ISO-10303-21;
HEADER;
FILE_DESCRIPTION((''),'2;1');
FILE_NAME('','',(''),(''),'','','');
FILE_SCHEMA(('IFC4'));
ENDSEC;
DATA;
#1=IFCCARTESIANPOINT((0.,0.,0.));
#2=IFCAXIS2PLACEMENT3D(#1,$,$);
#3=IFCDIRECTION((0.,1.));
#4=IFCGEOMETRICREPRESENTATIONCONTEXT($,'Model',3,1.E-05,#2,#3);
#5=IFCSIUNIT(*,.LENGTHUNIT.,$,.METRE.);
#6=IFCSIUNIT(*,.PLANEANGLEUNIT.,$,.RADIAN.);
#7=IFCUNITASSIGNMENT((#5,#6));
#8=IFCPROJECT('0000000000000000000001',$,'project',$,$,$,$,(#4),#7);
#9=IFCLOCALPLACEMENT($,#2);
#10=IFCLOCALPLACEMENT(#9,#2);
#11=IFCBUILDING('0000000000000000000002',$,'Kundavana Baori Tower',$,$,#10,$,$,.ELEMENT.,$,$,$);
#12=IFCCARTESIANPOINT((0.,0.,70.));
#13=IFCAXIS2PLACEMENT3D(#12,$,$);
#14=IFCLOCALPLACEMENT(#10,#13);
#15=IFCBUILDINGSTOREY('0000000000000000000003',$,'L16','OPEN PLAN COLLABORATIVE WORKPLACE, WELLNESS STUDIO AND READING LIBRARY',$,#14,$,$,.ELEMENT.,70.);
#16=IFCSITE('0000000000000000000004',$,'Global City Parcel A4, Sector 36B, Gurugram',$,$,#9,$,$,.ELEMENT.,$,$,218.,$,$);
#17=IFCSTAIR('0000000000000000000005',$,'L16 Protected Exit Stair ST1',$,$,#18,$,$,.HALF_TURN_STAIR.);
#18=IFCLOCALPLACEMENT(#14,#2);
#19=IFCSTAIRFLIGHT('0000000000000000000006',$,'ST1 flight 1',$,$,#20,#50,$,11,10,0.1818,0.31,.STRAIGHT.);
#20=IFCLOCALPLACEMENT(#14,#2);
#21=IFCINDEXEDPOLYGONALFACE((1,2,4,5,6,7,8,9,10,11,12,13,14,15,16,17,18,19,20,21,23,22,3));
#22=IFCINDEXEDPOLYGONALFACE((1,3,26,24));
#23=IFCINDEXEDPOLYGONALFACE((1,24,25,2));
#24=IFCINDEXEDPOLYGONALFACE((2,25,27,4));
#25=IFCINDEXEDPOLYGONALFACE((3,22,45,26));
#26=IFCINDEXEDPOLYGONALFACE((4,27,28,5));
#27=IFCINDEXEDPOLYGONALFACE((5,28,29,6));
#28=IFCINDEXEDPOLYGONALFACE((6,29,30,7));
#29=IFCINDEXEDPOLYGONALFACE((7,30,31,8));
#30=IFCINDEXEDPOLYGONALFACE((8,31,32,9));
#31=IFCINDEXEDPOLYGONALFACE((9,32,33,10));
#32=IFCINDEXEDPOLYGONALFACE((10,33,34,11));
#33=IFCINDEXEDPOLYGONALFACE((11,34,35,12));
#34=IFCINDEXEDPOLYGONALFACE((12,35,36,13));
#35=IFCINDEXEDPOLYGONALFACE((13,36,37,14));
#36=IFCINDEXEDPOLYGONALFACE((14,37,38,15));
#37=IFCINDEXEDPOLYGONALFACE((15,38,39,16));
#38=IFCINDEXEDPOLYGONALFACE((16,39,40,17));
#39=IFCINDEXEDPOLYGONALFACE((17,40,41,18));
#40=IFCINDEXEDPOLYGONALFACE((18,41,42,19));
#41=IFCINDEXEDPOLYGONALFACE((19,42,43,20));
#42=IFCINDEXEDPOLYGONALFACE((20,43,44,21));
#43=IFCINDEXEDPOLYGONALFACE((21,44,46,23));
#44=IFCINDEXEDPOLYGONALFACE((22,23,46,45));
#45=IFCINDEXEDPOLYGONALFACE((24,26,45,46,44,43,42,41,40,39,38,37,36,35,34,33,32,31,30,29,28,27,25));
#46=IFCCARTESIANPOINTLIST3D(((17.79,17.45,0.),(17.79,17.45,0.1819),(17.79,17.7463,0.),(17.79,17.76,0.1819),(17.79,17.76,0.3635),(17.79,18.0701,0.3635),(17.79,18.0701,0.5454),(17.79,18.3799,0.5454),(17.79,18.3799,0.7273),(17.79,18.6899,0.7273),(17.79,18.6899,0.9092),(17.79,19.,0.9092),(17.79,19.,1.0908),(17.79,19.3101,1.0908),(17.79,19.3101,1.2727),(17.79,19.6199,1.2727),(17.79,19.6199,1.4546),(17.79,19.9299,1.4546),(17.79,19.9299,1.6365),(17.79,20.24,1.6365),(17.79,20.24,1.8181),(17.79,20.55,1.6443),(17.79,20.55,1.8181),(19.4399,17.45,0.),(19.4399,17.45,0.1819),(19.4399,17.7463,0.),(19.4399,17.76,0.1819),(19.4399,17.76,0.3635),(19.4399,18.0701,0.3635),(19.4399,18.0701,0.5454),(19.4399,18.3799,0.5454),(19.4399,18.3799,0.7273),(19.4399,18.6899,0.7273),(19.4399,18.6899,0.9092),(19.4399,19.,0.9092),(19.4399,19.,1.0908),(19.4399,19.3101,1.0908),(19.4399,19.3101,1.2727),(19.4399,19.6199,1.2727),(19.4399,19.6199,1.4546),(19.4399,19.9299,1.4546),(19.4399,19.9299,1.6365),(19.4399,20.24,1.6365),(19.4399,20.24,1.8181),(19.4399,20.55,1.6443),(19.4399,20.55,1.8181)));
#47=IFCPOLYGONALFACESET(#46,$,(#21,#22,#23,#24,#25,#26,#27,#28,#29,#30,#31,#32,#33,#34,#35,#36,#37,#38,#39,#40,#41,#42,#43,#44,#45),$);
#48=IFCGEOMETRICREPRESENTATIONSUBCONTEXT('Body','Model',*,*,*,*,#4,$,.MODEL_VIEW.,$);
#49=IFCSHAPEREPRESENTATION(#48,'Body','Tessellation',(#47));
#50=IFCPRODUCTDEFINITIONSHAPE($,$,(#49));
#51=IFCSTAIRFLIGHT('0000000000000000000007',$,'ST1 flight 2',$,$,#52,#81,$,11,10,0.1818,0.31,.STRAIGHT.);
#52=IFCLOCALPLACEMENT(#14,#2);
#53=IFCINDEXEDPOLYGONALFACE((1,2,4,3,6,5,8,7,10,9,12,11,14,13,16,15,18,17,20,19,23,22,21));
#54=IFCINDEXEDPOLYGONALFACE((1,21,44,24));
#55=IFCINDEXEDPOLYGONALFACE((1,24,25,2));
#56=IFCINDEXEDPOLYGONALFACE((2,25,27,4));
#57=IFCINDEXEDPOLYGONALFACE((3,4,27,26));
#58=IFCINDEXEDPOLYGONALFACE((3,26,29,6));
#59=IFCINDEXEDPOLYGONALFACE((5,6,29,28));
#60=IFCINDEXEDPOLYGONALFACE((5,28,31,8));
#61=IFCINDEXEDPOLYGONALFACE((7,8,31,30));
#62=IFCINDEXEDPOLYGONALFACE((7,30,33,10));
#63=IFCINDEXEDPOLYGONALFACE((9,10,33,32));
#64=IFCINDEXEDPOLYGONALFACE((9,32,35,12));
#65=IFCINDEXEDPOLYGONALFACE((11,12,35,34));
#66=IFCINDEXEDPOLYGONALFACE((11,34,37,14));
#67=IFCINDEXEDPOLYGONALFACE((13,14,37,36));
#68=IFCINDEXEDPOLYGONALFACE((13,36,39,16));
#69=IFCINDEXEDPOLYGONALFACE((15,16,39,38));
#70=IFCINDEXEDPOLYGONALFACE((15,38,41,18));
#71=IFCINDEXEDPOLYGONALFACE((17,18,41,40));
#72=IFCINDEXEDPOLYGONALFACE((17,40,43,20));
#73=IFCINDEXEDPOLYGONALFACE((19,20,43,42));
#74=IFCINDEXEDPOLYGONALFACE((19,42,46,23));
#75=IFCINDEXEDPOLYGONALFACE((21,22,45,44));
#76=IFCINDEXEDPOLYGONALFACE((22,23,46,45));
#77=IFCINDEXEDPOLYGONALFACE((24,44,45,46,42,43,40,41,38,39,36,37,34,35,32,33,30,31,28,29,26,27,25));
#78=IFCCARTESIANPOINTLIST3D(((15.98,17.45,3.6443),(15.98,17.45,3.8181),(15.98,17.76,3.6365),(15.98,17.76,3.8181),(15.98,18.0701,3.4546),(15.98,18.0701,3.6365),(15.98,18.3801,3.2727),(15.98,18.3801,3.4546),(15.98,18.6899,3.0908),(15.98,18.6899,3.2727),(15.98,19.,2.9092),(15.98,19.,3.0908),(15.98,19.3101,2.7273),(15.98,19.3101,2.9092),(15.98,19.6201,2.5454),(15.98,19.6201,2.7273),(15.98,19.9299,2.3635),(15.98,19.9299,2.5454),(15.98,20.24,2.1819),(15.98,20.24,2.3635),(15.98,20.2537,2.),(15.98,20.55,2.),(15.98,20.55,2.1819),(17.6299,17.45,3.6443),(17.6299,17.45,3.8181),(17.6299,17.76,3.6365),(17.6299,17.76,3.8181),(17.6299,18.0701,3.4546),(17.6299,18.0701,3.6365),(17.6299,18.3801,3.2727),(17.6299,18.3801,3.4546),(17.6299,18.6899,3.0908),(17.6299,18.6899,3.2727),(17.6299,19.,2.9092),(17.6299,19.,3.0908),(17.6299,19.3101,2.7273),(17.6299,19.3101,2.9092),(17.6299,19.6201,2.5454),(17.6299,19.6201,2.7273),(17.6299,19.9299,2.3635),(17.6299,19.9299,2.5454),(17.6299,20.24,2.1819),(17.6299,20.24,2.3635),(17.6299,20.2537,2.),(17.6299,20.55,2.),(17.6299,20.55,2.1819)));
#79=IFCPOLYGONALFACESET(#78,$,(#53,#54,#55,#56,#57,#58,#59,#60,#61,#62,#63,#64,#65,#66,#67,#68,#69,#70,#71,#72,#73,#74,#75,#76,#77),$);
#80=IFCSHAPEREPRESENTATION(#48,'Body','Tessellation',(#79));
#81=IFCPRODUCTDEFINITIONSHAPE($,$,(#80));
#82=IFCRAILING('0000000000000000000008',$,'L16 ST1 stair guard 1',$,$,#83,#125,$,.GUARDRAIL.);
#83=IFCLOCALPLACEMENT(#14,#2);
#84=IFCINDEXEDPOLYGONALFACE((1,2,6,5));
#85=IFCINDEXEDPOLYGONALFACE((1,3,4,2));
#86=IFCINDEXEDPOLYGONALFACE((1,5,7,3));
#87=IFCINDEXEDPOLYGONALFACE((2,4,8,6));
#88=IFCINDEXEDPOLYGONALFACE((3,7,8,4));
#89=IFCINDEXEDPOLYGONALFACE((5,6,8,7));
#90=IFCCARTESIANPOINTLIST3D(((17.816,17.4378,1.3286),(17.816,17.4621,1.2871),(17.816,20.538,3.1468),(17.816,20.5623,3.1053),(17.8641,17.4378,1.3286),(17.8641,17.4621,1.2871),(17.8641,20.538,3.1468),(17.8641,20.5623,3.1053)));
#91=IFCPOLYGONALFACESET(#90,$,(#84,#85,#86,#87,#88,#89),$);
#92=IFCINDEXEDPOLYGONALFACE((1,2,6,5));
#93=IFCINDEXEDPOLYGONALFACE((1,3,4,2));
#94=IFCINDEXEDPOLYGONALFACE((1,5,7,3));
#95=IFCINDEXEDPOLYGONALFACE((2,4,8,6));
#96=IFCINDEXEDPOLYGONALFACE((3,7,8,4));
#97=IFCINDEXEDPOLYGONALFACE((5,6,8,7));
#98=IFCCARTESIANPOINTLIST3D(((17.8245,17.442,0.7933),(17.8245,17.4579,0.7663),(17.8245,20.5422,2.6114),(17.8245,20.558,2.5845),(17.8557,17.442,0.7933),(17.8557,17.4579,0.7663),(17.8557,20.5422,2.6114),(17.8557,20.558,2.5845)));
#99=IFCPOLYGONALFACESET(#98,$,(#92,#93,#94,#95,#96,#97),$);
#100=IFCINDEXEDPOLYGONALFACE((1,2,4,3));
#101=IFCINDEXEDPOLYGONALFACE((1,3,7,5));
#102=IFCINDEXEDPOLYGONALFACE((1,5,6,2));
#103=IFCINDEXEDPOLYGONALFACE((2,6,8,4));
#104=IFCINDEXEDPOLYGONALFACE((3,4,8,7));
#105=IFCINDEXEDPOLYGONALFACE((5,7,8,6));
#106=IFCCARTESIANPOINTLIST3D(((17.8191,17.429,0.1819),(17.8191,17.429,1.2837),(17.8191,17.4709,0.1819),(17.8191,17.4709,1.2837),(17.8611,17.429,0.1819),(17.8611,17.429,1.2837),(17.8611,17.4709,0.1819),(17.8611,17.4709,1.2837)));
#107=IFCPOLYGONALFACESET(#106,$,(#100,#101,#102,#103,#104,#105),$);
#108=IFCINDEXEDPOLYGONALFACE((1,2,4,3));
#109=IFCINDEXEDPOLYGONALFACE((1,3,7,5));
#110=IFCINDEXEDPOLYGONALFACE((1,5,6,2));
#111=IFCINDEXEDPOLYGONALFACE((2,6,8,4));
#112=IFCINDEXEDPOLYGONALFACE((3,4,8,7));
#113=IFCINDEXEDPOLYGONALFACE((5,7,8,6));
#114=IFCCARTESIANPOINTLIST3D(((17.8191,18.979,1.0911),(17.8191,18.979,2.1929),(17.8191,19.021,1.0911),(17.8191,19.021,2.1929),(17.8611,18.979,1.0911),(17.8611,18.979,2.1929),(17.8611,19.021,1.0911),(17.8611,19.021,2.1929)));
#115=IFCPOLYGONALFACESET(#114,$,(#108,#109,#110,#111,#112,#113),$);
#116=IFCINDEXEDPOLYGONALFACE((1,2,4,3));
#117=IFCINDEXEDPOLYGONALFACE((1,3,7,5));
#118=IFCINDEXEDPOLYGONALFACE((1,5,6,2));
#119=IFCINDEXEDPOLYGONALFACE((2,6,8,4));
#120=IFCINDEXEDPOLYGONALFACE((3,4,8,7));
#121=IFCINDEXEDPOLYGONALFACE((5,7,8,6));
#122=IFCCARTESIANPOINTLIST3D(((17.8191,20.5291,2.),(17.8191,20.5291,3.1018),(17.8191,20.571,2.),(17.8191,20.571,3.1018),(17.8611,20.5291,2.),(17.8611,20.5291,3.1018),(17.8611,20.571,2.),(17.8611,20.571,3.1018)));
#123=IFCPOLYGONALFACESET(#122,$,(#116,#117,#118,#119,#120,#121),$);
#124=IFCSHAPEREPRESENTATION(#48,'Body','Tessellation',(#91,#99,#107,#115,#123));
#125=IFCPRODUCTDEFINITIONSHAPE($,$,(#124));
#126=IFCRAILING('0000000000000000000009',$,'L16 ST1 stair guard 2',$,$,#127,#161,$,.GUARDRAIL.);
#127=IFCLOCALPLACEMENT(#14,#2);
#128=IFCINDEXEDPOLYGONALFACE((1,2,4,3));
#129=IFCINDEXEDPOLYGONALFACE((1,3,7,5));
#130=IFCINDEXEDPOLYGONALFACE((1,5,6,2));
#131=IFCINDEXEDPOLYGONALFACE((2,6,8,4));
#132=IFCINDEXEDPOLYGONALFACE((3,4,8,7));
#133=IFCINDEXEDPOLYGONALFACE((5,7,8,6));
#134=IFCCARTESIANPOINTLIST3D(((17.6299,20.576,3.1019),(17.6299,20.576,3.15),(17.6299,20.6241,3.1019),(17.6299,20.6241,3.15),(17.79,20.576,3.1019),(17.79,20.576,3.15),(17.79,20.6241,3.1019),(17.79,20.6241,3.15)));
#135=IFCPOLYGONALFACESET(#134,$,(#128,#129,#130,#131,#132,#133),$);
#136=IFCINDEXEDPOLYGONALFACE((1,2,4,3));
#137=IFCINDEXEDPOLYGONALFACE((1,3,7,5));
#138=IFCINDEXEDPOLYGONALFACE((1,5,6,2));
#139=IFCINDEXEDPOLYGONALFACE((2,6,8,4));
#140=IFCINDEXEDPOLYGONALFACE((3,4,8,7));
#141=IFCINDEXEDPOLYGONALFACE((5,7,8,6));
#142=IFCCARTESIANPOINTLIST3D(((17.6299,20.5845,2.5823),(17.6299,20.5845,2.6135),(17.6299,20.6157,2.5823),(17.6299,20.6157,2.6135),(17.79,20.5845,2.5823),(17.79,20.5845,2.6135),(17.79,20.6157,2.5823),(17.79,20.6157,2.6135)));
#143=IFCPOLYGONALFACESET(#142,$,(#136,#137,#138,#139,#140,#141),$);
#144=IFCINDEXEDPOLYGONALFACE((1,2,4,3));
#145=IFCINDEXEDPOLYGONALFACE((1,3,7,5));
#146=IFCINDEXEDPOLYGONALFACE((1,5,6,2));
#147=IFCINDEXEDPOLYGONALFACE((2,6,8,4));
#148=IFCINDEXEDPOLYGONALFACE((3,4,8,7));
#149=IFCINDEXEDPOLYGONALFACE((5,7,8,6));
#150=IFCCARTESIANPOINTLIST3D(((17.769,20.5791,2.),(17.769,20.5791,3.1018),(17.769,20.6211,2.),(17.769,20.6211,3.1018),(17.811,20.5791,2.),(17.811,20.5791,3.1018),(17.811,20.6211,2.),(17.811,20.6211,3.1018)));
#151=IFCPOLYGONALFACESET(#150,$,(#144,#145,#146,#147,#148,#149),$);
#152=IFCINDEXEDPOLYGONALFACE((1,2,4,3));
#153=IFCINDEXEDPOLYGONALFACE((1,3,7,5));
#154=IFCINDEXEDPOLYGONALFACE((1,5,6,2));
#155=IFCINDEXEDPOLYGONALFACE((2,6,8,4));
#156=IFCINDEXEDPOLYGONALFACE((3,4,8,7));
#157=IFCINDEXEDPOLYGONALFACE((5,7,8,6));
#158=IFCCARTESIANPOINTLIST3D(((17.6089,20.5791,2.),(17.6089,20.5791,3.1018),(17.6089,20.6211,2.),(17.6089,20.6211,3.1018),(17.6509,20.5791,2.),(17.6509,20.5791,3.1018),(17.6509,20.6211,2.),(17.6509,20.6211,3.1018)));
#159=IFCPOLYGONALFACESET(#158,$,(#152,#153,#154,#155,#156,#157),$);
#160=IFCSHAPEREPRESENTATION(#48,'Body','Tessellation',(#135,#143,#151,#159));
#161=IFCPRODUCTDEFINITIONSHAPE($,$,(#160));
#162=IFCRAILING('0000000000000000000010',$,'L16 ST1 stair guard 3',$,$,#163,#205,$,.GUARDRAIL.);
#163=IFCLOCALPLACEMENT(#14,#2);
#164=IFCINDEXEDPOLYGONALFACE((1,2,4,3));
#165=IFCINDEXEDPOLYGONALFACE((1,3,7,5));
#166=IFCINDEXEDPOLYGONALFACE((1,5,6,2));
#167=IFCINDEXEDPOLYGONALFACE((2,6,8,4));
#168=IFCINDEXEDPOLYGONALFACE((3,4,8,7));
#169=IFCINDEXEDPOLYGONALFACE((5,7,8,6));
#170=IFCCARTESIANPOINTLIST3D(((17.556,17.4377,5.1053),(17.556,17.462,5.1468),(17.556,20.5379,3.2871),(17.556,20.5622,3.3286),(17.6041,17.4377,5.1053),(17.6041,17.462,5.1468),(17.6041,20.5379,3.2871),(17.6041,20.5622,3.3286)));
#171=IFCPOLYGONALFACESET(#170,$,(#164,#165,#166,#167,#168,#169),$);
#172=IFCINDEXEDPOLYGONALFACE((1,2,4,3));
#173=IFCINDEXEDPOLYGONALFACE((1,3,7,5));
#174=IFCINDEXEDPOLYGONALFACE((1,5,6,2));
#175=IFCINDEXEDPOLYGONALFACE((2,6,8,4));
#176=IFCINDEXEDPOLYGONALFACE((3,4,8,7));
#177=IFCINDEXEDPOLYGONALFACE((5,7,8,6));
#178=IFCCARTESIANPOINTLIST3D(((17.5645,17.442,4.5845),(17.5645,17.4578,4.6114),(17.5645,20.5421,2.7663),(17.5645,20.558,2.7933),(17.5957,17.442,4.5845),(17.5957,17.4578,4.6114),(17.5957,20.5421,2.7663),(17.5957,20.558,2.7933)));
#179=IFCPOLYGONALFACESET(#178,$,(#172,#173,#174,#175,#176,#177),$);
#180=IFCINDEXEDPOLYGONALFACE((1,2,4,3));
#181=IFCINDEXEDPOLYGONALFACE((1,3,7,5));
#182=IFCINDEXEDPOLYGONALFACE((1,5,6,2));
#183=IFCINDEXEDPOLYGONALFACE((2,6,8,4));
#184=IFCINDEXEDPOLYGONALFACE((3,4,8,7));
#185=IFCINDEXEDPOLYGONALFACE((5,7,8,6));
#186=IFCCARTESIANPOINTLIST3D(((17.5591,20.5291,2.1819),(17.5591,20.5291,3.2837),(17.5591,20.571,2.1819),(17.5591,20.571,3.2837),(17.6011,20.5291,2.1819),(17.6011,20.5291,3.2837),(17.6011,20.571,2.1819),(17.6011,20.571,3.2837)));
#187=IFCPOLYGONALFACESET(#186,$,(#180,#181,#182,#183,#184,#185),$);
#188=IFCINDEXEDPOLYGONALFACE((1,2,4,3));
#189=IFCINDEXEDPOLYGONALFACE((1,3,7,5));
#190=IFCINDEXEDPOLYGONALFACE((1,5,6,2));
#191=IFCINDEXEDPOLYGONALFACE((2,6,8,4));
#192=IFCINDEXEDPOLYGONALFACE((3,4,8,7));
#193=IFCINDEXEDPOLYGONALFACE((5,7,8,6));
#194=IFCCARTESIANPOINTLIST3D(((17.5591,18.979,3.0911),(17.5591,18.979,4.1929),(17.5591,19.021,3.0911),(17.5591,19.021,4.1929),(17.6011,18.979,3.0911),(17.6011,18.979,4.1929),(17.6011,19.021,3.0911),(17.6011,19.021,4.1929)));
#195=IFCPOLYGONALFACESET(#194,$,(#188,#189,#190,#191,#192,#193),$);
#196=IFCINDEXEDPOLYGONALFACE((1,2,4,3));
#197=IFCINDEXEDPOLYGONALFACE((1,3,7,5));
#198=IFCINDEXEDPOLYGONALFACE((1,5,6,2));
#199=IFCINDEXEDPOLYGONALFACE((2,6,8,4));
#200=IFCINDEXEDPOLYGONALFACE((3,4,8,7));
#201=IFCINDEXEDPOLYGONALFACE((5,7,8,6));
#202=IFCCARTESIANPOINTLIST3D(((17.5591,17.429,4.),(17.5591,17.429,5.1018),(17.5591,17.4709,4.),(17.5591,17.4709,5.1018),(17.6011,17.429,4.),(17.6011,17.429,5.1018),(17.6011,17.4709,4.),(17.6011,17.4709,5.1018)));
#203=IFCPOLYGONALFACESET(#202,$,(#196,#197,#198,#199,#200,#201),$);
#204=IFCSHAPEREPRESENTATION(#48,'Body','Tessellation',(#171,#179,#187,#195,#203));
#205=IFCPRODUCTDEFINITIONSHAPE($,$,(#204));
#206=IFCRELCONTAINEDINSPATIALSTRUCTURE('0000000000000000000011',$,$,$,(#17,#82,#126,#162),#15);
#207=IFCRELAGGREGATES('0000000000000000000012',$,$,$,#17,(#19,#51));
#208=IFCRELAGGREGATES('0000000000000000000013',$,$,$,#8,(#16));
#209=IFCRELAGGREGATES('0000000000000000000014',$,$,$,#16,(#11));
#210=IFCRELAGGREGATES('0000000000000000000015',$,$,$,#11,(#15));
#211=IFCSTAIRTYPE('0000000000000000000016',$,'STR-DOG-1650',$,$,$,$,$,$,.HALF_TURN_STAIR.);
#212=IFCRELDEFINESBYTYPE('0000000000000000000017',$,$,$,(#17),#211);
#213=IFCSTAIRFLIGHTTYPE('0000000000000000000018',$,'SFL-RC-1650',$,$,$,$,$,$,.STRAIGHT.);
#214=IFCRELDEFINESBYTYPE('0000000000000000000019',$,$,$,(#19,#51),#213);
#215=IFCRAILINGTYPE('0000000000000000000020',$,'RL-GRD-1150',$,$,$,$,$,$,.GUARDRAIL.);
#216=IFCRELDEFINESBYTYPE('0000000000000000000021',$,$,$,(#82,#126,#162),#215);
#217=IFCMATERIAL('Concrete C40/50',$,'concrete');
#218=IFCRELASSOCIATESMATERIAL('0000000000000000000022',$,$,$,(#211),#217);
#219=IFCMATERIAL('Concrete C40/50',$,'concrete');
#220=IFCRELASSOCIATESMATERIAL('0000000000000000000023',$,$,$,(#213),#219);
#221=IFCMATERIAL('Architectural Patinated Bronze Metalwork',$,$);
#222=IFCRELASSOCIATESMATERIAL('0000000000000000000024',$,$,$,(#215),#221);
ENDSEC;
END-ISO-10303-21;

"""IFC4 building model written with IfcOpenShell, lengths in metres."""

from ifc_helpers import new_model, si_unit, direction, frame, origin, origin_2d, place, context, subcontext, project, spatial, polyline, rectangle, outline, extrude, material, type_object, element, aggregate, save


model = new_model("IFC4")

# Units and contexts
model_context = context("Model", 3, precision=1e-05, world=origin(), true_north=direction((0.0, 1.0)))
body_context = subcontext(model_context, "Body", "Model", "MODEL_VIEW")
ifc_project = project(units=[si_unit("LENGTHUNIT", "METRE"), si_unit("PLANEANGLEUNIT", "RADIAN")], contexts=[model_context])

# Site, building, storey
site_placement = place(None, origin())
site = spatial("IfcSite", under=ifc_project, at=site_placement, Name="Global City Parcel A4, Sector 36B, Gurugram", CompositionType="ELEMENT", RefElevation=218.0)
building_placement = place(site_placement, origin())
building = spatial("IfcBuilding", under=site, at=building_placement, Name="Kundavana Baori Tower", CompositionType="ELEMENT")
storey_placement = place(building_placement, frame((0.0, 0.0, 70.0)))
storey = spatial("IfcBuildingStorey", under=building, at=storey_placement, Name="L16", Description="OPEN PLAN COLLABORATIVE WORKPLACE, WELLNESS STUDIO AND READING LIBRARY", CompositionType="ELEMENT", Elevation=70.0)

# Stair, stair flights
ifc_material_1 = material(Name="Concrete C40/50", Category="concrete")
stair_type = type_object("IfcStairType", Name="STR-DOG-1650", PredefinedType="HALF_TURN_STAIR", material=ifc_material_1)
stair_placement = place(storey_placement, origin())
stair = element("IfcStair", 1, at=stair_placement, inside=storey, type_object=stair_type, Name="L16 Protected Exit Stair ST1", PredefinedType="HALF_TURN_STAIR")
ifc_material_2 = material(Name="Concrete C40/50", Category="concrete")
stair_flight_type = type_object("IfcStairFlightType", Name="SFL-RC-1650", PredefinedType="STRAIGHT", material=ifc_material_2)
stair_flight_1_placement = place(storey_placement, frame((18.615, 17.45, 0.0), z_axis=(0.0, 0.0, 1.0), x_axis=(0.0, 1.0, 0.0)))
stair_flight_1 = element("IfcStairFlight", 2, at=stair_flight_1_placement, type_object=stair_flight_type, Name="ST1 flight 1", NumberOfRisers=11, NumberOfTreads=10, PredefinedType="STRAIGHT", RiserHeight=0.1818, TreadLength=0.31, context=body_context, shape_type="SweptSolid", body=[
    extrude(outline(polyline([(0.0, 0.0), (0.0, 0.1819), (0.3101, 0.1819), (0.3101, 0.3635), (0.6201, 0.3635), (0.6201, 0.5454), (0.9299, 0.5454), (0.9299, 0.7273), (1.24, 0.7273), (1.24, 0.9092), (1.55, 0.9092), (1.55, 1.0908), (1.8601, 1.0908), (1.8601, 1.2727), (2.1699, 1.2727), (2.1699, 1.4546), (2.48, 1.4546), (2.48, 1.6365), (2.79, 1.6365), (2.79, 1.8181), (3.1001, 1.8181), (3.1001, 2.0), (3.1001, 1.6443), (0.2964, 0.0), (0.0, 0.0)])), frame((0.0, 0.825, 0.0), z_axis=(0.0, -1.0, 0.0), x_axis=(1.0, 0.0, 0.0)), (0.0, 0.0, 1.0), 1.6499),
])
stair_flight_2_placement = place(storey_placement, frame((16.8049, 20.55, 2.0), z_axis=(0.0, 0.0, 1.0), x_axis=(0.0, -1.0, 0.0)))
stair_flight_2 = element("IfcStairFlight", 3, at=stair_flight_2_placement, type_object=stair_flight_type, Name="ST1 flight 2", NumberOfRisers=11, NumberOfTreads=10, PredefinedType="STRAIGHT", RiserHeight=0.1818, TreadLength=0.31, context=body_context, shape_type="SweptSolid", body=[
    extrude(outline(polyline([(0.0, 0.0), (0.0, 0.1819), (0.3101, 0.1819), (0.3101, 0.3635), (0.6201, 0.3635), (0.6201, 0.5454), (0.9299, 0.5454), (0.9299, 0.7273), (1.24, 0.7273), (1.24, 0.9092), (1.55, 0.9092), (1.55, 1.0908), (1.8601, 1.0908), (1.8601, 1.2727), (2.1699, 1.2727), (2.1699, 1.4546), (2.48, 1.4546), (2.48, 1.6365), (2.79, 1.6365), (2.79, 1.8181), (3.1001, 1.8181), (3.1001, 2.0), (3.1001, 1.6443), (0.2964, 0.0), (0.0, 0.0)])), frame((0.0, 0.825, 0.0), z_axis=(0.0, -1.0, 0.0), x_axis=(1.0, 0.0, 0.0)), (0.0, 0.0, 1.0), 1.6499),
])
aggregate(stair, [stair_flight_1, stair_flight_2])

# Railings
ifc_material_3 = material(Name="Architectural Patinated Bronze Metalwork")
railing_type_1 = type_object("IfcRailingType", Name="RL-GRD-1150", PredefinedType="GUARDRAIL", material=ifc_material_3)
railing_1_placement = place(storey_placement, frame((17.8401, 17.45, 0.1819)))
element("IfcRailing", 4, at=railing_1_placement, inside=storey, type_object=railing_type_1, Name="L16 ST1 stair guard 1", PredefinedType="GUARDRAIL", context=body_context, shape_type="SweptSolid", body=[
    extrude(rectangle(XDim=0.0481, YDim=0.0481, at=origin_2d()), frame((0.0, 0.0, 1.126), z_axis=(0.0, 0.862599, 0.505889), x_axis=(-1.0, 0.0, 0.0)), (0.0, 0.0, 1.0), 3.594),
    extrude(rectangle(XDim=0.0312, YDim=0.0312, at=origin_2d()), frame((0.0, 0.0, 0.5979), z_axis=(0.0, 0.862599, 0.505889), x_axis=(-1.0, 0.0, 0.0)), (0.0, 0.0, 1.0), 3.594),
    extrude(rectangle(XDim=0.042, YDim=0.042, at=origin_2d()), origin(), (0.0, 0.0, 1.0), 1.1018),
    extrude(rectangle(XDim=0.042, YDim=0.042, at=origin_2d()), frame((0.0, 1.55, 0.9092)), (0.0, 0.0, 1.0), 1.1018),
    extrude(rectangle(XDim=0.042, YDim=0.042, at=origin_2d()), frame((0.0, 3.1001, 1.8181)), (0.0, 0.0, 1.0), 1.1018),
])
railing_2_placement = place(storey_placement, frame((17.79, 20.6001, 2.0)))
element("IfcRailing", 5, at=railing_2_placement, inside=storey, type_object=railing_type_1, Name="L16 ST1 stair guard 2", PredefinedType="GUARDRAIL", context=body_context, shape_type="SweptSolid", body=[
    extrude(rectangle(XDim=0.0481, YDim=0.0481, at=origin_2d()), frame((0.0, 0.0, 1.126), z_axis=(-1.0, 0.0, 0.0), x_axis=(0.0, -1.0, 0.0)), (0.0, 0.0, 1.0), 0.1602),
    extrude(rectangle(XDim=0.0312, YDim=0.0312, at=origin_2d()), frame((0.0, 0.0, 0.5979), z_axis=(-1.0, 0.0, 0.0), x_axis=(0.0, -1.0, 0.0)), (0.0, 0.0, 1.0), 0.1602),
    extrude(rectangle(XDim=0.042, YDim=0.042, at=origin_2d()), origin(), (0.0, 0.0, 1.0), 1.1018),
    extrude(rectangle(XDim=0.042, YDim=0.042, at=origin_2d()), frame((-0.1602, 0.0, 0.0)), (0.0, 0.0, 1.0), 1.1018),
])
railing_3_placement = place(storey_placement, frame((17.5801, 20.55, 2.1819)))
element("IfcRailing", 6, at=railing_3_placement, inside=storey, type_object=railing_type_1, Name="L16 ST1 stair guard 3", PredefinedType="GUARDRAIL", context=body_context, shape_type="SweptSolid", body=[
    extrude(rectangle(XDim=0.0481, YDim=0.0481, at=origin_2d()), frame((0.0, 0.0, 1.126), z_axis=(0.0, -0.862599, 0.505889), x_axis=(1.0, 0.0, 0.0)), (0.0, 0.0, 1.0), 3.594),
    extrude(rectangle(XDim=0.0312, YDim=0.0312, at=origin_2d()), frame((0.0, 0.0, 0.5979), z_axis=(0.0, -0.862599, 0.505889), x_axis=(1.0, 0.0, 0.0)), (0.0, 0.0, 1.0), 3.594),
    extrude(rectangle(XDim=0.042, YDim=0.042, at=origin_2d()), origin(), (0.0, 0.0, 1.0), 1.1018),
    extrude(rectangle(XDim=0.042, YDim=0.042, at=origin_2d()), frame((0.0, -1.55, 0.9092)), (0.0, 0.0, 1.0), 1.1018),
    extrude(rectangle(XDim=0.042, YDim=0.042, at=origin_2d()), frame((0.0, -3.1001, 1.8181)), (0.0, 0.0, 1.0), 1.1018),
])

save(model, "model.ifc")
